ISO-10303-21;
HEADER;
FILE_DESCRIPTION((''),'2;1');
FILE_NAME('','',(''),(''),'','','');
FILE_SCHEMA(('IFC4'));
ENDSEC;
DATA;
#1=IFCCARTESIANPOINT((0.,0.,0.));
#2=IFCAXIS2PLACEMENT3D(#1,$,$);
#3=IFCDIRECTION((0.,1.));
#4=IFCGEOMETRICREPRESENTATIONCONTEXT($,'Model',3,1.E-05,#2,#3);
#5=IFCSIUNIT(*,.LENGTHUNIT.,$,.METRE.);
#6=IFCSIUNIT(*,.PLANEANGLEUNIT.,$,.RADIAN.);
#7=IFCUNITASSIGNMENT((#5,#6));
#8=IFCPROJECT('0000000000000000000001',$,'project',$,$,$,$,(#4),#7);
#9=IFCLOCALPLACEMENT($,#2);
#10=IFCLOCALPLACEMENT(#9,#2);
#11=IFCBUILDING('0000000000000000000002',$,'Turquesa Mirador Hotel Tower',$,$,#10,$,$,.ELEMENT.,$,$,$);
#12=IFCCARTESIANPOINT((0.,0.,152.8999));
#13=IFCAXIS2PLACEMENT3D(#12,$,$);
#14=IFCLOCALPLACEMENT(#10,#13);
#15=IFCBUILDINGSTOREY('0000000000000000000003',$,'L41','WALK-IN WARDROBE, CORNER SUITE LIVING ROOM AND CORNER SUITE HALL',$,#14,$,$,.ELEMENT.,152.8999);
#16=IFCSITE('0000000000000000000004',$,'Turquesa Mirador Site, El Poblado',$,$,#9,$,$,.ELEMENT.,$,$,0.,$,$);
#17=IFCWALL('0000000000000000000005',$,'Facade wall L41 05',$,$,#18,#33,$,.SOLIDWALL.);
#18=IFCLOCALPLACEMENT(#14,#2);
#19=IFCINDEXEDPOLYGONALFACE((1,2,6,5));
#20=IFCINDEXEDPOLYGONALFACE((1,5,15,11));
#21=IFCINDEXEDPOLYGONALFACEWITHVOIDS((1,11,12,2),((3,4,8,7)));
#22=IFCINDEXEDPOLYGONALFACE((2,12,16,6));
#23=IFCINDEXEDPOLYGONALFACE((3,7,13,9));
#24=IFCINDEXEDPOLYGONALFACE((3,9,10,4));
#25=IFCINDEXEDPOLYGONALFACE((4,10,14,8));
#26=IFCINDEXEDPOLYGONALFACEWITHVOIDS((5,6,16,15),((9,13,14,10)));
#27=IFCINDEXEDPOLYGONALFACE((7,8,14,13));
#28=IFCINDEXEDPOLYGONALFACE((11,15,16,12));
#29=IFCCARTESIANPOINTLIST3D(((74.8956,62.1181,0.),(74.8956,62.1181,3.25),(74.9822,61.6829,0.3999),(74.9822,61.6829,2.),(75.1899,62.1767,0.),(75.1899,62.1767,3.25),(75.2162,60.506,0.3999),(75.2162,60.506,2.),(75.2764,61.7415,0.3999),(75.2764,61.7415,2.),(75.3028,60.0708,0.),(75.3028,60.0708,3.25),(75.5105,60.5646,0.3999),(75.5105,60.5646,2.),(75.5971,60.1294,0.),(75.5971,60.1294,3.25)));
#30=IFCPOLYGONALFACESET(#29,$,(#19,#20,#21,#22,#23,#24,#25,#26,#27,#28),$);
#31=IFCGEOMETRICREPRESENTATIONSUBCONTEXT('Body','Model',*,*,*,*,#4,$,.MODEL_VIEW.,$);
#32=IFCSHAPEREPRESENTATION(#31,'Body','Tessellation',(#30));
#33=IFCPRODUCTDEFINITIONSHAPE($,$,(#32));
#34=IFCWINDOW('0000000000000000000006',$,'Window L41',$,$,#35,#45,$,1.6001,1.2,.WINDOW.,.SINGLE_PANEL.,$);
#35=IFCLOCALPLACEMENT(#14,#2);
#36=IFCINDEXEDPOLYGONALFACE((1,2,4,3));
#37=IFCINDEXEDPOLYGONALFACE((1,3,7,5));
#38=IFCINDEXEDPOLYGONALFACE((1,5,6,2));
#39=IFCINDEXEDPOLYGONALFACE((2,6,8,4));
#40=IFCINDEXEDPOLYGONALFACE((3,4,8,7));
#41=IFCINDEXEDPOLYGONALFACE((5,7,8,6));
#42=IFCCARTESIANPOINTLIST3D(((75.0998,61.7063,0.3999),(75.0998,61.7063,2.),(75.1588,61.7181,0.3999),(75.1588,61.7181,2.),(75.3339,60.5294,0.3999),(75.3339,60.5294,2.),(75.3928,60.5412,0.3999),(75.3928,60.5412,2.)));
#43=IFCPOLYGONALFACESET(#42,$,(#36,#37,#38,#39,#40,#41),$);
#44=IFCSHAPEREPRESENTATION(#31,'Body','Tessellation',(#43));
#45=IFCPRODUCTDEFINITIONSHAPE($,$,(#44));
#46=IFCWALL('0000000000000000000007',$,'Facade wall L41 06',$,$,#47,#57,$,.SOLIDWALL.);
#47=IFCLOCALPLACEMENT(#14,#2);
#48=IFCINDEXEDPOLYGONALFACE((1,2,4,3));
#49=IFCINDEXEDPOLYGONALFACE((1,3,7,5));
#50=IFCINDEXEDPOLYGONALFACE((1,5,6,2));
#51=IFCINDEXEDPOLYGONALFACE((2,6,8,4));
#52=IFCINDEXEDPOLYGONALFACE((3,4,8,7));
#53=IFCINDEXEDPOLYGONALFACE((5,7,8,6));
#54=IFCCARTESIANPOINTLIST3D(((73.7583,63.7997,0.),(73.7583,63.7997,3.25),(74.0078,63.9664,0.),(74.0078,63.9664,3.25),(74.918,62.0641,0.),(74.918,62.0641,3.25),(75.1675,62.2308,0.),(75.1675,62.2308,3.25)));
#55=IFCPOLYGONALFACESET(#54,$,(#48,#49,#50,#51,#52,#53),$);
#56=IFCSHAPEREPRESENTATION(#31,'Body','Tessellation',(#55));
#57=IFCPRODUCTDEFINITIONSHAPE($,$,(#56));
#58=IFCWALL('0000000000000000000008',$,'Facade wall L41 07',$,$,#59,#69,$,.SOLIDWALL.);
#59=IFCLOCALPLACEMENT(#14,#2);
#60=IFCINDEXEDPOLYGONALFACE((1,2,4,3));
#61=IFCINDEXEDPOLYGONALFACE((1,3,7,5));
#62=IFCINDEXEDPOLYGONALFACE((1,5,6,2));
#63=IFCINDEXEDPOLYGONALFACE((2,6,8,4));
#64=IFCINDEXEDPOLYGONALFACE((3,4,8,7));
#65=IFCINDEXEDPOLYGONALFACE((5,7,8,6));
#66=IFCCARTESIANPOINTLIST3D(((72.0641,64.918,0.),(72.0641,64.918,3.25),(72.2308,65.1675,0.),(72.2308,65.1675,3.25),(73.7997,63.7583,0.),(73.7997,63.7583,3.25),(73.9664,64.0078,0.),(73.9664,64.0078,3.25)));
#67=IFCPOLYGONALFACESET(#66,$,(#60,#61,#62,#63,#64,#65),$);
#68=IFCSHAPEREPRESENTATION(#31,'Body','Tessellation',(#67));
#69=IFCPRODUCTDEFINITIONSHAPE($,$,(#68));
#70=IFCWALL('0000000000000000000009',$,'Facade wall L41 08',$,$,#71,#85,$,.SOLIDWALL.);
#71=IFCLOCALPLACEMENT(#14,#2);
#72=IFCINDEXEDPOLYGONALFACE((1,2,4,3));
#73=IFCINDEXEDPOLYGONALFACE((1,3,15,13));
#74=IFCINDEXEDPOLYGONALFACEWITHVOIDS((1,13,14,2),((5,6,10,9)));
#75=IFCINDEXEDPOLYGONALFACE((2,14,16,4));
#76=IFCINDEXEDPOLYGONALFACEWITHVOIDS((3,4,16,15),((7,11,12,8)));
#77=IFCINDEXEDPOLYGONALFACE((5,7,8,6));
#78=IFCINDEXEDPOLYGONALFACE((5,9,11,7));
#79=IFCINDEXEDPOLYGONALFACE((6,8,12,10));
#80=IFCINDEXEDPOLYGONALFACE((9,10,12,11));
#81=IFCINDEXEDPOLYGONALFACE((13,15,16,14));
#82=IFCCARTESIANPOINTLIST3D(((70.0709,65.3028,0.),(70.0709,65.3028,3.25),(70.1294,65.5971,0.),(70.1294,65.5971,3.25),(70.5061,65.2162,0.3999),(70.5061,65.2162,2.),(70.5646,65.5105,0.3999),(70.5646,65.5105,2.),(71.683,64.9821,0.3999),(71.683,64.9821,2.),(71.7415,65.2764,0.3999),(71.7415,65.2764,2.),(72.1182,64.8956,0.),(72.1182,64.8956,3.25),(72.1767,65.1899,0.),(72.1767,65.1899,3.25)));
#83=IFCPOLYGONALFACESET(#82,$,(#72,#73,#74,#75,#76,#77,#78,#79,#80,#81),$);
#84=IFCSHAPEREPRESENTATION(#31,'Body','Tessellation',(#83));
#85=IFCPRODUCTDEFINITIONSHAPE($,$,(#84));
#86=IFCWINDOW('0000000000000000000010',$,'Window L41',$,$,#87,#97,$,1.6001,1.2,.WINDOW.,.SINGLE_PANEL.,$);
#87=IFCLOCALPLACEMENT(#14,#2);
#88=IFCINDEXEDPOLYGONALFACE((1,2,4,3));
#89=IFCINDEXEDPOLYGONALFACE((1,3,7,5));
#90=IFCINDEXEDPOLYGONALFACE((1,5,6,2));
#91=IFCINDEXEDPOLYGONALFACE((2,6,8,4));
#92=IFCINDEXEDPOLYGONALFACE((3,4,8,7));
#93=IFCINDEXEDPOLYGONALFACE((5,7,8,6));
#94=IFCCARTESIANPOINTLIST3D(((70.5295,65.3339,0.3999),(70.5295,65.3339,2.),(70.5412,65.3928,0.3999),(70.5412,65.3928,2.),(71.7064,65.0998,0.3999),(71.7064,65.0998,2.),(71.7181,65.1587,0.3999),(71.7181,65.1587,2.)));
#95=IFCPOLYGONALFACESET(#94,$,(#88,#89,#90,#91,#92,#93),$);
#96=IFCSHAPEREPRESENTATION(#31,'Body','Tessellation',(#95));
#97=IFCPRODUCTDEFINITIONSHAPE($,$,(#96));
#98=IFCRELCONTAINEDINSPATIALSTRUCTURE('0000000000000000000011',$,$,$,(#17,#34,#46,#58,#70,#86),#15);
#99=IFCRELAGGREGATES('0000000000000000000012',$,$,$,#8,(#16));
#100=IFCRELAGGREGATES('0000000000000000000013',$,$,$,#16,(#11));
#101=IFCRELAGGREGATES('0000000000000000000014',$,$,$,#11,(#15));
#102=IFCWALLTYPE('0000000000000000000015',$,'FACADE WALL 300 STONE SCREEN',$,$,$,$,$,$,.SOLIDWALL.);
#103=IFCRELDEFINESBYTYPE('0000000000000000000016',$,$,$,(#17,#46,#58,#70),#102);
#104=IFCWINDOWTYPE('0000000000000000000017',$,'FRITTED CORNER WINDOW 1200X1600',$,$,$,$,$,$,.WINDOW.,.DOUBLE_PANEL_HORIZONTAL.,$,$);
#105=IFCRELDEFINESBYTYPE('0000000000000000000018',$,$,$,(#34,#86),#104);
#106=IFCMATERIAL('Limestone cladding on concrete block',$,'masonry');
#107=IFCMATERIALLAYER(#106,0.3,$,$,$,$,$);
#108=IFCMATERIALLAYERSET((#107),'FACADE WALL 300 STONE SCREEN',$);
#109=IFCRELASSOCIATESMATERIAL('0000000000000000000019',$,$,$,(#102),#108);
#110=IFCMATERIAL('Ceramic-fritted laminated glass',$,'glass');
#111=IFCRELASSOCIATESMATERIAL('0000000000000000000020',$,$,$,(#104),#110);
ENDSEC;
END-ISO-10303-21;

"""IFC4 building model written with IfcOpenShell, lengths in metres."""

from ifc_helpers import new_model, si_unit, direction, frame, frame_2d, origin, place, context, subcontext, project, spatial, rectangle, extrude, material, layer, layer_set, type_object, element, fill, save


model = new_model("IFC4")

# Units and contexts
model_context = context("Model", 3, precision=1e-05, world=origin(), true_north=direction((0.0, 1.0)))
body_context = subcontext(model_context, "Body", "Model", "MODEL_VIEW")
ifc_project = project(units=[si_unit("LENGTHUNIT", "METRE"), si_unit("PLANEANGLEUNIT", "RADIAN")], contexts=[model_context])

# Site, building, storey
site_placement = place(None, origin())
site = spatial("IfcSite", under=ifc_project, at=site_placement, Name="Turquesa Mirador Site, El Poblado", CompositionType="ELEMENT", RefElevation=0.0)
building_placement = place(site_placement, origin())
building = spatial("IfcBuilding", under=site, at=building_placement, Name="Turquesa Mirador Hotel Tower", CompositionType="ELEMENT")
storey_placement = place(building_placement, frame((0.0, 0.0, 152.8999)))
storey = spatial("IfcBuildingStorey", under=building, at=storey_placement, Name="L41", Description="WALK-IN WARDROBE, CORNER SUITE LIVING ROOM AND CORNER SUITE HALL", CompositionType="ELEMENT", Elevation=152.8999)

# Wall, opening, window
ifc_material_1 = material(Name="Limestone cladding on concrete block", Category="masonry")
ifc_layer_1 = layer(ifc_material_1, 0.3)
ifc_layer_set_1 = layer_set([ifc_layer_1], Name="FACADE WALL 300 STONE SCREEN")
wall_type_1 = type_object("IfcWallType", Name="FACADE WALL 300 STONE SCREEN", PredefinedType="SOLIDWALL", material=ifc_layer_set_1)
wall_1_placement = place(storey_placement, frame((75.45, 60.1001, 0.0), z_axis=(0.0, 0.0, 1.0), x_axis=(-0.195081, 0.980787, 0.0)))
wall_1 = element("IfcWall", 1, at=wall_1_placement, inside=storey, type_object=wall_type_1, Name="Facade wall L41 05", PredefinedType="SOLIDWALL", context=body_context, shape_type="SweptSolid", body=[
    extrude(rectangle(XDim=2.0874, YDim=0.3, at=frame_2d((1.0437, 0.0))), origin(), (0.0, 0.0, 1.0), 3.25),
])
opening_1_placement = place(wall_1_placement, frame((0.4436, 0.0, 0.3999)))
opening_1 = element("IfcOpeningElement", 2, at=opening_1_placement, cuts=wall_1, PredefinedType="OPENING", context=body_context, shape_type="SweptSolid", body=[
    extrude(rectangle(XDim=1.2, YDim=1.6001, at=frame_2d((0.6001, 0.8))), frame((0.0, 0.1599, 0.0), z_axis=(0.0, -1.0, 0.0), x_axis=(1.0, 0.0, 0.0)), (0.0, 0.0, 1.0), 0.3201),
])
ifc_material_2 = material(Name="Ceramic-fritted laminated glass", Category="glass")
window_type_1 = type_object("IfcWindowType", Name="FRITTED CORNER WINDOW 1200X1600", PartitioningType="DOUBLE_PANEL_HORIZONTAL", PredefinedType="WINDOW", material=ifc_material_2)
window_1_placement = place(opening_1_placement, origin())
window_1 = element("IfcWindow", 3, at=window_1_placement, inside=storey, type_object=window_type_1, Name="Window L41", OverallHeight=1.6001, OverallWidth=1.2, PartitioningType="SINGLE_PANEL", PredefinedType="WINDOW", context=body_context, shape_type="SweptSolid", body=[
    extrude(rectangle(XDim=1.2, YDim=1.6001, at=frame_2d((0.6001, 0.8))), frame((0.0, 0.03, 0.0), z_axis=(0.0, -1.0, 0.0), x_axis=(1.0, 0.0, 0.0)), (0.0, 0.0, 1.0), 0.0601),
])
fill(opening_1, window_1)

# Walls
for number, where, z_axis, x_axis, name in (
    (4, (75.0427, 62.1475, 0.0), (0.0, 0.0, 1.0), (-0.555564, 0.831474, 0.0), "Facade wall L41 06"),
    (5, (73.8831, 63.8831, 0.0), (0.0, 0.0, 1.0), (-0.831474, 0.555564, 0.0), "Facade wall L41 07"),
):
    element("IfcWall", number, at=place(storey_placement, frame(where, z_axis=z_axis, x_axis=x_axis)), inside=storey, type_object=wall_type_1, Name=name, PredefinedType="SOLIDWALL", context=body_context, shape_type="SweptSolid", body=[
        extrude(rectangle(XDim=2.0874, YDim=0.3, at=frame_2d((1.0437, 0.0))), origin(), (0.0, 0.0, 1.0), 3.25),
    ])

# Wall, opening, window
wall_2_placement = place(storey_placement, frame((72.1475, 65.0427, 0.0), z_axis=(0.0, 0.0, 1.0), x_axis=(-0.980787, 0.195081, 0.0)))
wall_2 = element("IfcWall", 6, at=wall_2_placement, inside=storey, type_object=wall_type_1, Name="Facade wall L41 08", PredefinedType="SOLIDWALL", context=body_context, shape_type="SweptSolid", body=[
    extrude(rectangle(XDim=2.0874, YDim=0.3, at=frame_2d((1.0437, 0.0))), origin(), (0.0, 0.0, 1.0), 3.25),
])
opening_2_placement = place(wall_2_placement, frame((0.4436, 0.0, 0.3999)))
opening_2 = element("IfcOpeningElement", 7, at=opening_2_placement, cuts=wall_2, PredefinedType="OPENING", context=body_context, shape_type="SweptSolid", body=[
    extrude(rectangle(XDim=1.2, YDim=1.6001, at=frame_2d((0.6001, 0.8))), frame((0.0, 0.1599, 0.0), z_axis=(0.0, -1.0, 0.0), x_axis=(1.0, 0.0, 0.0)), (0.0, 0.0, 1.0), 0.3201),
])
window_2_placement = place(opening_2_placement, origin())
window_2 = element("IfcWindow", 8, at=window_2_placement, inside=storey, type_object=window_type_1, Name="Window L41", OverallHeight=1.6001, OverallWidth=1.2, PartitioningType="SINGLE_PANEL", PredefinedType="WINDOW", context=body_context, shape_type="SweptSolid", body=[
    extrude(rectangle(XDim=1.2, YDim=1.6001, at=frame_2d((0.6001, 0.8))), frame((0.0, 0.03, 0.0), z_axis=(0.0, -1.0, 0.0), x_axis=(1.0, 0.0, 0.0)), (0.0, 0.0, 1.0), 0.0601),
])
fill(opening_2, window_2)

save(model, "model.ifc")
